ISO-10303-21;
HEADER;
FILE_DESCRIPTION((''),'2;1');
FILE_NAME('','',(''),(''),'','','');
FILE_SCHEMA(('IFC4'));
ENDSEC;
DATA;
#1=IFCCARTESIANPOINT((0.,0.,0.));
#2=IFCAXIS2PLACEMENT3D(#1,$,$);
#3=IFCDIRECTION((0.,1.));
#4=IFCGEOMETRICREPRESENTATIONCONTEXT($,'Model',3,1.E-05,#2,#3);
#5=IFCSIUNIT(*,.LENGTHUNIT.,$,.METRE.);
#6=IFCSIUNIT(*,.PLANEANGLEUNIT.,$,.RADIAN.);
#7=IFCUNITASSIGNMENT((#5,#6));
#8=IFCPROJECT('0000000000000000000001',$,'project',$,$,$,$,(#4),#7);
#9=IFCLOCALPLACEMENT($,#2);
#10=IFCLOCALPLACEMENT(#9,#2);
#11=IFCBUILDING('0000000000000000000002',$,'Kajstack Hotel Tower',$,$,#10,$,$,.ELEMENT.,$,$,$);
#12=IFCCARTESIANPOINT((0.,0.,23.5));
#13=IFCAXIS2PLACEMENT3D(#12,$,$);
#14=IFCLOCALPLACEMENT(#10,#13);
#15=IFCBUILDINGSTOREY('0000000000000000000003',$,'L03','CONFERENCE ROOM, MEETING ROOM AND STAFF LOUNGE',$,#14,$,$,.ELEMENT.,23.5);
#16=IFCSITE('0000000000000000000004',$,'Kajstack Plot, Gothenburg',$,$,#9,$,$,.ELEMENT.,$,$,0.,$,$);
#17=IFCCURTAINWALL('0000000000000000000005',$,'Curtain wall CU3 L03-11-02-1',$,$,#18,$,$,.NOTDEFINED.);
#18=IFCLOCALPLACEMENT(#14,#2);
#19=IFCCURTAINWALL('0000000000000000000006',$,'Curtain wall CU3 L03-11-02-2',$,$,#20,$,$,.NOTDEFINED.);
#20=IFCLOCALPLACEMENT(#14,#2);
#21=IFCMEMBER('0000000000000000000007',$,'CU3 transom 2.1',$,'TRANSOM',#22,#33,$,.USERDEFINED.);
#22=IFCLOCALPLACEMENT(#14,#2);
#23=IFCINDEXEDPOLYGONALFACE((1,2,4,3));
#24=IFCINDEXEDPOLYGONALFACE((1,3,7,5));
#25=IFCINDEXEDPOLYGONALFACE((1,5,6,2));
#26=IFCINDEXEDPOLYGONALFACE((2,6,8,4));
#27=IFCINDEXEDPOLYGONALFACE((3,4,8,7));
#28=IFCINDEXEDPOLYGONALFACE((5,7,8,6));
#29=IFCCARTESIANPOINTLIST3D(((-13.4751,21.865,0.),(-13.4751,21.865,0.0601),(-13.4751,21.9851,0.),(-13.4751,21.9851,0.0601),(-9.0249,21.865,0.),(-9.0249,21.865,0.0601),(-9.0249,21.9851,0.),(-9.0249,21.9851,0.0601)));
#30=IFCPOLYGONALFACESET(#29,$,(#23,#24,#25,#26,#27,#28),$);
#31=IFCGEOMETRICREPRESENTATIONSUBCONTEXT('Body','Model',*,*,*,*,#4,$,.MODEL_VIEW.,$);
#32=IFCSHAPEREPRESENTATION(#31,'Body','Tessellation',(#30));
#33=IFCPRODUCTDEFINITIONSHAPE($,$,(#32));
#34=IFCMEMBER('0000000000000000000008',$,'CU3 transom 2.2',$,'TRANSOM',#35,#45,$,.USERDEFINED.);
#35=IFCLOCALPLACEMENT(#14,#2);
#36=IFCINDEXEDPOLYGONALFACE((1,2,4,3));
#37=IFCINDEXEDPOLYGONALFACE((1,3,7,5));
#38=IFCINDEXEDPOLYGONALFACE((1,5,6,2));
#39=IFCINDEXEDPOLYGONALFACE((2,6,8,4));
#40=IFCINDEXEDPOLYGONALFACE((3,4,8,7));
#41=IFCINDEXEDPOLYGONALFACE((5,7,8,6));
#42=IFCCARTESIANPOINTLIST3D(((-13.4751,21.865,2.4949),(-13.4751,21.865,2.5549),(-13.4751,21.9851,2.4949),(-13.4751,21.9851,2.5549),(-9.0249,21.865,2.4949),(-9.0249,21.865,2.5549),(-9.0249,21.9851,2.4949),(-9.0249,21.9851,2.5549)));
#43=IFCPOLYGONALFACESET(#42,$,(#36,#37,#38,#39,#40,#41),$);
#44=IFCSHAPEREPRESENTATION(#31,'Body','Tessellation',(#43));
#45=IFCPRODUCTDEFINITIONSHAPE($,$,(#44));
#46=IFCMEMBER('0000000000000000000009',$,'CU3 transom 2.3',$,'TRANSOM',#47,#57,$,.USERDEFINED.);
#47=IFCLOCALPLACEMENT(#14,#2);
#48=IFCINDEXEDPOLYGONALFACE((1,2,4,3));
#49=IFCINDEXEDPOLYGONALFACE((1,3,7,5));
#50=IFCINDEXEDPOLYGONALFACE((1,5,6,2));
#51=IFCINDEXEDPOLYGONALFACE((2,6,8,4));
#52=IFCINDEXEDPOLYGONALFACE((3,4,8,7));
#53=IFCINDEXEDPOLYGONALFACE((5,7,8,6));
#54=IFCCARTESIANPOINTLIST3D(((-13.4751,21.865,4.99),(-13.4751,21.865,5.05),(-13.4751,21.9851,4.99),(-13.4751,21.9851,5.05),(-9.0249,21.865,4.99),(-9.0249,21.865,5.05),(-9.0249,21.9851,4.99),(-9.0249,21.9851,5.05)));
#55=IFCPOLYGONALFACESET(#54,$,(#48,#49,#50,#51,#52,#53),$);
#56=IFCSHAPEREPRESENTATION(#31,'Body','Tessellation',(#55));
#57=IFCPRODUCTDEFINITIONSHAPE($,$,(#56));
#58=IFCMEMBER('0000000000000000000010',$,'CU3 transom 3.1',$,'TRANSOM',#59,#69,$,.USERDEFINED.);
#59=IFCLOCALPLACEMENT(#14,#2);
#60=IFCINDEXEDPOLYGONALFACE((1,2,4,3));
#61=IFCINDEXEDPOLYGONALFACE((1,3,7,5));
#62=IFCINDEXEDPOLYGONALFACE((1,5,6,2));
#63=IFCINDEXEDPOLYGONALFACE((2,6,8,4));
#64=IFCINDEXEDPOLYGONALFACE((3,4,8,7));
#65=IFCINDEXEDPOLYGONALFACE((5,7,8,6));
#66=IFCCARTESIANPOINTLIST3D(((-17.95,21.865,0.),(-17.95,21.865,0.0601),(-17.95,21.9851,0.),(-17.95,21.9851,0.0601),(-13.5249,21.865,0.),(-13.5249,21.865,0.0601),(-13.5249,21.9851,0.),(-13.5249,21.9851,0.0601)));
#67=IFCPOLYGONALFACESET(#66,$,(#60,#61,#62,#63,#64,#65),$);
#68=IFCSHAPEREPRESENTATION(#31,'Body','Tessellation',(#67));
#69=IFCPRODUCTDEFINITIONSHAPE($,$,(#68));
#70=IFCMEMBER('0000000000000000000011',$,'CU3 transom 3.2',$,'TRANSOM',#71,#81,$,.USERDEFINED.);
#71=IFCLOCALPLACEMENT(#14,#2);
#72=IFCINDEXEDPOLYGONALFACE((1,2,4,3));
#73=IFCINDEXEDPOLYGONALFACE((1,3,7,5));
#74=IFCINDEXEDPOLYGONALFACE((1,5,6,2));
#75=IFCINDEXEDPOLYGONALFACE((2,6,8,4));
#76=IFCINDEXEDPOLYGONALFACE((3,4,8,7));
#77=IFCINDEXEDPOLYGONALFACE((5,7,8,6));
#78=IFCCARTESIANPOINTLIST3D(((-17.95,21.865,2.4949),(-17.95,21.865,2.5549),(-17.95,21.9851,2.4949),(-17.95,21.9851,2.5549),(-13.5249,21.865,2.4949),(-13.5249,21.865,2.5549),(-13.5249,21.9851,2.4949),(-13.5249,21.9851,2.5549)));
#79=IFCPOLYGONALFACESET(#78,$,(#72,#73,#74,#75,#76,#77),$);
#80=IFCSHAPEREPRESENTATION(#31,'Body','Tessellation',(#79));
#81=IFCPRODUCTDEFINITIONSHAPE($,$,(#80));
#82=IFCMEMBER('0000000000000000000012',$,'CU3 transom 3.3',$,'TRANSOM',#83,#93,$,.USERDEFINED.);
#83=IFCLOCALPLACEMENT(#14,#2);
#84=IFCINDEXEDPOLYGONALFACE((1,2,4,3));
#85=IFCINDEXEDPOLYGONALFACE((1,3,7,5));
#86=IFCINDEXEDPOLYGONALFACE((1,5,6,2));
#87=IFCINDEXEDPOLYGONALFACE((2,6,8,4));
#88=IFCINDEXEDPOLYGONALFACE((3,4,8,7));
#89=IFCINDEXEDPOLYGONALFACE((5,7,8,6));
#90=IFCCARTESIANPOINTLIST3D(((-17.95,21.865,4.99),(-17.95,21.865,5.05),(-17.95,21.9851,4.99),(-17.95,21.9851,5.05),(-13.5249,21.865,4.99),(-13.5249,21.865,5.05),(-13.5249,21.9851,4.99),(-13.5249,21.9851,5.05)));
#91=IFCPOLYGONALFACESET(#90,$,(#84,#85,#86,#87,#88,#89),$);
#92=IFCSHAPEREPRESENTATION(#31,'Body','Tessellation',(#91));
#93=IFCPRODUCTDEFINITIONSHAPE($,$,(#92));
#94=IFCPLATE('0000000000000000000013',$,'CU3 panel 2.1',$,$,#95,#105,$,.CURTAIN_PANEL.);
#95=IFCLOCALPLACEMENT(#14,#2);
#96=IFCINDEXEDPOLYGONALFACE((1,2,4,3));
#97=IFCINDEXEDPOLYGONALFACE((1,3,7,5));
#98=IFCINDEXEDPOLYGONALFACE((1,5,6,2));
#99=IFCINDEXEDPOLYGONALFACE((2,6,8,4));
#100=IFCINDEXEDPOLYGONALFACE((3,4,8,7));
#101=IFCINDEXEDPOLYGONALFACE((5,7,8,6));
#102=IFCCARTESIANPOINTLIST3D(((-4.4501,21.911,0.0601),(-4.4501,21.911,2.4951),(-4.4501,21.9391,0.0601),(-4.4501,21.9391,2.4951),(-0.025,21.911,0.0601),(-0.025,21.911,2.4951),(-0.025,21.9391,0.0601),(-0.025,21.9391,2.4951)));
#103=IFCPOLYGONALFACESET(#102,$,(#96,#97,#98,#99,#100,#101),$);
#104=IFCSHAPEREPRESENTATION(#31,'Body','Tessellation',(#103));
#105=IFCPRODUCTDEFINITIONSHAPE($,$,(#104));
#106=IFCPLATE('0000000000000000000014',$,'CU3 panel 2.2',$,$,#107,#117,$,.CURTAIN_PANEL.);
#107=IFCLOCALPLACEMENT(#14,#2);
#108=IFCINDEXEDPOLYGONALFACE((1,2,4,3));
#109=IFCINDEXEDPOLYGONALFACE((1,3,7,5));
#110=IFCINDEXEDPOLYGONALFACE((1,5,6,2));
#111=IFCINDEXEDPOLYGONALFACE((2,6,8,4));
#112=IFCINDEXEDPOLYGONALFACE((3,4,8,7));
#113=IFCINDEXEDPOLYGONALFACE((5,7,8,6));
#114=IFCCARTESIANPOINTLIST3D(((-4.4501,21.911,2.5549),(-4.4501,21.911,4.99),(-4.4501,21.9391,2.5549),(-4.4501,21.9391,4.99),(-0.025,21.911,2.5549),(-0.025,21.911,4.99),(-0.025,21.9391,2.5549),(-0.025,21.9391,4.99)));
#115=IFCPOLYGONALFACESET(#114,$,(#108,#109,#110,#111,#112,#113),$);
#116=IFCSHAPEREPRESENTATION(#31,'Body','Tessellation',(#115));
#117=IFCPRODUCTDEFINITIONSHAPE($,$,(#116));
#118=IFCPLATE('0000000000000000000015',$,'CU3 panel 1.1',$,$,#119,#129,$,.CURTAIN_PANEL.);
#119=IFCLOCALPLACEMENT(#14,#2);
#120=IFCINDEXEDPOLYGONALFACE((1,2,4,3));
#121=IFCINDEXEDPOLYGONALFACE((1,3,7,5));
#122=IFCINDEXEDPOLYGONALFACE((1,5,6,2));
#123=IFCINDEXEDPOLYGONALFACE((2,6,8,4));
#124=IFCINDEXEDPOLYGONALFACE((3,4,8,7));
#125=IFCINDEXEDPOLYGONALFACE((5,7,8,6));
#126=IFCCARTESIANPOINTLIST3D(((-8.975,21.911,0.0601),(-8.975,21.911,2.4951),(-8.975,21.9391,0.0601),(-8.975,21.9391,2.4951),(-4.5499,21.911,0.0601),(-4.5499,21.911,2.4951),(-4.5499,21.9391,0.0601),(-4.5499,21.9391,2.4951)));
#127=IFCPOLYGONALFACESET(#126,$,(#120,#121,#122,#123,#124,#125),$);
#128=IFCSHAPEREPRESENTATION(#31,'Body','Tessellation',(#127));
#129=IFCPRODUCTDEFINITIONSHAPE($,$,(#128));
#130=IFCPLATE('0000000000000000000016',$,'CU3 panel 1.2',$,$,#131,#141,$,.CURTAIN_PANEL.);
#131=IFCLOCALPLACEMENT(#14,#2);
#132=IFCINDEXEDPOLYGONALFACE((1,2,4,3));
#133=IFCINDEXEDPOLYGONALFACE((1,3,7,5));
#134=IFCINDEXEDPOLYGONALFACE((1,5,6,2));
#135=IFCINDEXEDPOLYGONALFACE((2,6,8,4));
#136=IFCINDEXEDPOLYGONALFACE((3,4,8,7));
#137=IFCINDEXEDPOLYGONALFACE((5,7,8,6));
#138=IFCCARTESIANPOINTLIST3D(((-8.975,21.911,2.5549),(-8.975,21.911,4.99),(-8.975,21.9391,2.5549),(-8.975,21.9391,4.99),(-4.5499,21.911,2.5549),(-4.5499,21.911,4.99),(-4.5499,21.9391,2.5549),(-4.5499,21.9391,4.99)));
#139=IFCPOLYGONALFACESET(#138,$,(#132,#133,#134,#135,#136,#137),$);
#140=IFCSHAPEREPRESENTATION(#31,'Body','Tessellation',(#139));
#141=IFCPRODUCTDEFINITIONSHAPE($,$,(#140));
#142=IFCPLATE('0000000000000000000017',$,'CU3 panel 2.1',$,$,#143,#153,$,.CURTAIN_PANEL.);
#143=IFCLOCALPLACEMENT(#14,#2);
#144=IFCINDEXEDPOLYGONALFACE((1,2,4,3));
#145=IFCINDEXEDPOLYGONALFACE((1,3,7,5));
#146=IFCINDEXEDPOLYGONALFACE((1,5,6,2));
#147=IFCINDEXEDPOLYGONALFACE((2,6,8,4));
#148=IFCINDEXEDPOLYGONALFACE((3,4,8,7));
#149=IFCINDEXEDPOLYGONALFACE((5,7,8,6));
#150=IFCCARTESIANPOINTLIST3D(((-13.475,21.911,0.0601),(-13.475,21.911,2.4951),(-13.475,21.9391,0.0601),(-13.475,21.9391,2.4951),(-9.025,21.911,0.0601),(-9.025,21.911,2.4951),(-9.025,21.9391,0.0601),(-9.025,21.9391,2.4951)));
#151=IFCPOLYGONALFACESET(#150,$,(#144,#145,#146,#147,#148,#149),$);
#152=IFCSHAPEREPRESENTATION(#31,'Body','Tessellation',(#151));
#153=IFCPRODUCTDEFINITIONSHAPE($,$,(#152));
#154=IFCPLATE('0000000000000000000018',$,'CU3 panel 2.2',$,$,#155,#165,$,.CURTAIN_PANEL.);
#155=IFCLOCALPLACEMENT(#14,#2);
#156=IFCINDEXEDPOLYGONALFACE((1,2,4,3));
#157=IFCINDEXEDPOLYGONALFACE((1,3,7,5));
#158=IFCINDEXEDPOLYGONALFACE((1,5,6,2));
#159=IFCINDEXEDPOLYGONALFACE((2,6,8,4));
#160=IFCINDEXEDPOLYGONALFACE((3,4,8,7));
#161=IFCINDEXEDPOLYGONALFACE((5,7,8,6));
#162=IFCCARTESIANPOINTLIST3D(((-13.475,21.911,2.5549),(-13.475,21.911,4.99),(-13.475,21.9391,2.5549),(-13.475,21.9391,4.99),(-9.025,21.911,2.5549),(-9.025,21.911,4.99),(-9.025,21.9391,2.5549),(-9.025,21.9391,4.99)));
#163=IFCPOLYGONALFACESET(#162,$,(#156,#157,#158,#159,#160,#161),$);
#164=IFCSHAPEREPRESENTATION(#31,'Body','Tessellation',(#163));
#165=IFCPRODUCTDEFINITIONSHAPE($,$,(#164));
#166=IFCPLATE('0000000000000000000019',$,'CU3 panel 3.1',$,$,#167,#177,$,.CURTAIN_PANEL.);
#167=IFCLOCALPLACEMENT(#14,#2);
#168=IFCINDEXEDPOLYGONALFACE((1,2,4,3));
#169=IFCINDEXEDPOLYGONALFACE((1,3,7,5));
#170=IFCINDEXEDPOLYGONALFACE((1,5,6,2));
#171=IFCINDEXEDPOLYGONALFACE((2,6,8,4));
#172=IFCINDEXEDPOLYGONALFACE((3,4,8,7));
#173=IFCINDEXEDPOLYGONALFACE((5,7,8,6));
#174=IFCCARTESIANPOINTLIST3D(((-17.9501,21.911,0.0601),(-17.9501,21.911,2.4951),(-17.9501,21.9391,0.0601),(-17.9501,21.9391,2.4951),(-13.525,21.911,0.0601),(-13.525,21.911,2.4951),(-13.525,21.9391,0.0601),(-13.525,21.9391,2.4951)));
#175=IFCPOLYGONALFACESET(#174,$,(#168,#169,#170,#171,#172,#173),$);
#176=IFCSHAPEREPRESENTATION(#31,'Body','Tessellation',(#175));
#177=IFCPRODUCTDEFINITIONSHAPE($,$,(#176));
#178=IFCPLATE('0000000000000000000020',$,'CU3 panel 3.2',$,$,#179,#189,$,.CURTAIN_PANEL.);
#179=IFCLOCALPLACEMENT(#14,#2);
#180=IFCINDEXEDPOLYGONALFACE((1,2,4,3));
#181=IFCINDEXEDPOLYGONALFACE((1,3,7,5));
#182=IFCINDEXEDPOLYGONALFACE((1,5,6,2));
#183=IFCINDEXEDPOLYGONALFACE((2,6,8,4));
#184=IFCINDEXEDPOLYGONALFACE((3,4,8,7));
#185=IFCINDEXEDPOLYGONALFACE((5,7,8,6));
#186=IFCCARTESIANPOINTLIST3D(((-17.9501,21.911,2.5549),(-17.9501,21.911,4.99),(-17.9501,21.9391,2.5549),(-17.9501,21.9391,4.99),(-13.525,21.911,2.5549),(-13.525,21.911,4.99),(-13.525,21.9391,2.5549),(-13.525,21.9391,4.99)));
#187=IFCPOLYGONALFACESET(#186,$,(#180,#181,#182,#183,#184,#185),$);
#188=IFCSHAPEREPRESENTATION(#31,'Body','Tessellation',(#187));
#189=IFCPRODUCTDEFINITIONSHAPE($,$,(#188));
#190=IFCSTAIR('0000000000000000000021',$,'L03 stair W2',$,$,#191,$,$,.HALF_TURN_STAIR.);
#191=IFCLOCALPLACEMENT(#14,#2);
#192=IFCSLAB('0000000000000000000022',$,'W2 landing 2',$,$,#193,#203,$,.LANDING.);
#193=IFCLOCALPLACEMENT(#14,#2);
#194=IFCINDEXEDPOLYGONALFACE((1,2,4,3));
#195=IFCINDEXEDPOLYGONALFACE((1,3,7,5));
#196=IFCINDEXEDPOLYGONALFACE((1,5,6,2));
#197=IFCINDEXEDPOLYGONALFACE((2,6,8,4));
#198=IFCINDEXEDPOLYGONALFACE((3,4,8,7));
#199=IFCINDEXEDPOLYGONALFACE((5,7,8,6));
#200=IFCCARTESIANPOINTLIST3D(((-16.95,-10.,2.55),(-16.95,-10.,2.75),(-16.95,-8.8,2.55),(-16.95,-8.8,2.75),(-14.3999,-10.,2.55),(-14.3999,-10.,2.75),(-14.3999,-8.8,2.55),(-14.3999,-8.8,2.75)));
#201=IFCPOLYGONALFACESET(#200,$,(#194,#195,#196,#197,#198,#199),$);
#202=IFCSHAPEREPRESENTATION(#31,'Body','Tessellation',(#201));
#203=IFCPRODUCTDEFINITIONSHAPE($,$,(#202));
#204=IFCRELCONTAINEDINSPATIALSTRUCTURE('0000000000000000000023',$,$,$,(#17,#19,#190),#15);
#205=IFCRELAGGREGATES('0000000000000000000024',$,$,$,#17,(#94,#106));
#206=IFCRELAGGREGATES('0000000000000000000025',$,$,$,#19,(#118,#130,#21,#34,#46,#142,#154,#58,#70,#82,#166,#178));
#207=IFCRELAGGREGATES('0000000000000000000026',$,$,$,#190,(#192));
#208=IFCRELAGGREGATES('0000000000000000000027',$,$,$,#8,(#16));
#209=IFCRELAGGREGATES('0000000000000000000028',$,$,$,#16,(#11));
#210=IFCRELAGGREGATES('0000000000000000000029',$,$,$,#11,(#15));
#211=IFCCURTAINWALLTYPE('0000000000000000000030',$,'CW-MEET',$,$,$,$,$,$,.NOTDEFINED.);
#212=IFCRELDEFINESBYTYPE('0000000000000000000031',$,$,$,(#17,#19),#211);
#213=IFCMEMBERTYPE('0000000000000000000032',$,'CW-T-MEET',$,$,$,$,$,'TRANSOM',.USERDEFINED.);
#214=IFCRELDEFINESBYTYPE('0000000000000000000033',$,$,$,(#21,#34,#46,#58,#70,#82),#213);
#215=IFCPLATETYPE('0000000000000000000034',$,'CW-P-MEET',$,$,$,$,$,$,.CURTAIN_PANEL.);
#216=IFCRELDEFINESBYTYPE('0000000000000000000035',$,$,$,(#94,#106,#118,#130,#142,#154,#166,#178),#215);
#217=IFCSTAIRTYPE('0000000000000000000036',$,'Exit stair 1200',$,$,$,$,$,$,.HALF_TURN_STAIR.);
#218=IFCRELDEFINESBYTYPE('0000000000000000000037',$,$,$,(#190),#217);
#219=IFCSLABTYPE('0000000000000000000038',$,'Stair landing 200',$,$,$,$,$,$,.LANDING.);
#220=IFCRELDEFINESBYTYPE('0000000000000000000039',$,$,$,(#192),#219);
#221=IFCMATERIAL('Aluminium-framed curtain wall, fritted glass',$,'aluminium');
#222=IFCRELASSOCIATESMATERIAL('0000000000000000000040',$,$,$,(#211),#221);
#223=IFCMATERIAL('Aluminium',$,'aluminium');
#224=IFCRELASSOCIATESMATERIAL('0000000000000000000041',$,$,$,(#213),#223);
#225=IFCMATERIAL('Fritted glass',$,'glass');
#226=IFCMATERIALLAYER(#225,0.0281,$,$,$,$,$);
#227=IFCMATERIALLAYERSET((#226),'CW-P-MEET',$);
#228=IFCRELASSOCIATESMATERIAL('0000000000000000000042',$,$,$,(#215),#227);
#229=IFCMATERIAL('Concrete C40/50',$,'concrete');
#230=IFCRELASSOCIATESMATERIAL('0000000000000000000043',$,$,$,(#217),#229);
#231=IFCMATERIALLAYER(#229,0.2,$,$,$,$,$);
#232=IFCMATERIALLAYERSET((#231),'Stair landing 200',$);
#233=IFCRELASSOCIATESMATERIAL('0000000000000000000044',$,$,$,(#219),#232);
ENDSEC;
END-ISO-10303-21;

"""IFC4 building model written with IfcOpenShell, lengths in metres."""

from ifc_helpers import new_model, si_unit, direction, frame, origin, origin_2d, place, context, subcontext, project, spatial, polyline, rectangle, outline, extrude, material, layer, layer_set, material_profile, profile_set, type_object, element, aggregate, save


model = new_model("IFC4")

# Units and contexts
model_context = context("Model", 3, precision=1e-05, world=origin(), true_north=direction((0.0, 1.0)))
body_context = subcontext(model_context, "Body", "Model", "MODEL_VIEW")
ifc_project = project(units=[si_unit("LENGTHUNIT", "METRE"), si_unit("PLANEANGLEUNIT", "RADIAN")], contexts=[model_context])

# Site, building, storey
site_placement = place(None, origin())
site = spatial("IfcSite", under=ifc_project, at=site_placement, Name="Kajstack Plot, Gothenburg", CompositionType="ELEMENT", RefElevation=0.0)
building_placement = place(site_placement, origin())
building = spatial("IfcBuilding", under=site, at=building_placement, Name="Kajstack Hotel Tower", CompositionType="ELEMENT")
storey_placement = place(building_placement, frame((0.0, 0.0, 23.5)))
storey = spatial("IfcBuildingStorey", under=building, at=storey_placement, Name="L03", Description="CONFERENCE ROOM, MEETING ROOM AND STAFF LOUNGE", CompositionType="ELEMENT", Elevation=23.5)

# Curtain walls
ifc_material_1 = material(Name="Aluminium-framed curtain wall, fritted glass", Category="aluminium")
curtain_wall_type = type_object("IfcCurtainWallType", Name="CW-MEET", PredefinedType="NOTDEFINED", material=ifc_material_1)
curtain_wall_1_placement = place(storey_placement, origin())
curtain_wall_1 = element("IfcCurtainWall", 1, at=curtain_wall_1_placement, inside=storey, type_object=curtain_wall_type, Name="Curtain wall CU3 L03-11-02-1", PredefinedType="NOTDEFINED")
ifc_material_2 = material(Name="Aluminium", Category="aluminium")
curtain_wall_2_placement = place(storey_placement, origin())
curtain_wall_2 = element("IfcCurtainWall", 2, at=curtain_wall_2_placement, inside=storey, type_object=curtain_wall_type, Name="Curtain wall CU3 L03-11-02-2", PredefinedType="NOTDEFINED")

# Members
ifc_material_profile_1 = material_profile(ifc_material_2, rectangle(XDim=0.1201, YDim=0.0601, at=origin_2d()), Name="Aluminium transom 120 x 60")
ifc_profile_set_1 = profile_set([ifc_material_profile_1], Name="Aluminium")
member_type_1 = type_object("IfcMemberType", Name="CW-T-MEET", ElementType="TRANSOM", PredefinedType="USERDEFINED", material=ifc_profile_set_1)
member_1_placement = place(storey_placement, frame((-9.0249, 21.925, 0.03), z_axis=(-1.0, 0.0, 0.0), x_axis=(0.0, -1.0, 0.0)))
member_1 = element("IfcMember", 3, at=member_1_placement, type_object=member_type_1, Name="CU3 transom 2.1", ObjectType="TRANSOM", PredefinedType="USERDEFINED", context=body_context, shape_type="SweptSolid", body=[
    extrude(rectangle(XDim=0.1201, YDim=0.0601, at=origin_2d()), origin(), (0.0, 0.0, 1.0), 4.4502),
])
member_2_placement = place(storey_placement, frame((-9.0249, 21.925, 2.5249), z_axis=(-1.0, 0.0, 0.0), x_axis=(0.0, -1.0, 0.0)))
member_2 = element("IfcMember", 4, at=member_2_placement, type_object=member_type_1, Name="CU3 transom 2.2", ObjectType="TRANSOM", PredefinedType="USERDEFINED", context=body_context, shape_type="SweptSolid", body=[
    extrude(rectangle(XDim=0.1201, YDim=0.0601, at=origin_2d()), origin(), (0.0, 0.0, 1.0), 4.4502),
])
member_3_placement = place(storey_placement, frame((-9.0249, 21.925, 5.02), z_axis=(-1.0, 0.0, 0.0), x_axis=(0.0, -1.0, 0.0)))
member_3 = element("IfcMember", 5, at=member_3_placement, type_object=member_type_1, Name="CU3 transom 2.3", ObjectType="TRANSOM", PredefinedType="USERDEFINED", context=body_context, shape_type="SweptSolid", body=[
    extrude(rectangle(XDim=0.1201, YDim=0.0601, at=origin_2d()), origin(), (0.0, 0.0, 1.0), 4.4502),
])
member_4_placement = place(storey_placement, frame((-13.5249, 21.925, 0.03), z_axis=(-1.0, 0.0, 0.0), x_axis=(0.0, -1.0, 0.0)))
member_4 = element("IfcMember", 6, at=member_4_placement, type_object=member_type_1, Name="CU3 transom 3.1", ObjectType="TRANSOM", PredefinedType="USERDEFINED", context=body_context, shape_type="SweptSolid", body=[
    extrude(rectangle(XDim=0.1201, YDim=0.0601, at=origin_2d()), origin(), (0.0, 0.0, 1.0), 4.425),
])
member_5_placement = place(storey_placement, frame((-13.5249, 21.925, 2.5249), z_axis=(-1.0, 0.0, 0.0), x_axis=(0.0, -1.0, 0.0)))
member_5 = element("IfcMember", 7, at=member_5_placement, type_object=member_type_1, Name="CU3 transom 3.2", ObjectType="TRANSOM", PredefinedType="USERDEFINED", context=body_context, shape_type="SweptSolid", body=[
    extrude(rectangle(XDim=0.1201, YDim=0.0601, at=origin_2d()), origin(), (0.0, 0.0, 1.0), 4.425),
])
member_6_placement = place(storey_placement, frame((-13.5249, 21.925, 5.02), z_axis=(-1.0, 0.0, 0.0), x_axis=(0.0, -1.0, 0.0)))
member_6 = element("IfcMember", 8, at=member_6_placement, type_object=member_type_1, Name="CU3 transom 3.3", ObjectType="TRANSOM", PredefinedType="USERDEFINED", context=body_context, shape_type="SweptSolid", body=[
    extrude(rectangle(XDim=0.1201, YDim=0.0601, at=origin_2d()), origin(), (0.0, 0.0, 1.0), 4.425),
])

# Plates
ifc_material_3 = material(Name="Fritted glass", Category="glass")
ifc_layer_1 = layer(ifc_material_3, 0.0281)
ifc_layer_set_1 = layer_set([ifc_layer_1], Name="CW-P-MEET")
plate_type = type_object("IfcPlateType", Name="CW-P-MEET", PredefinedType="CURTAIN_PANEL", material=ifc_layer_set_1)
plate_1_placement = place(storey_placement, frame((-2.2375, 21.925, 0.0601), z_axis=(0.0, 0.0, 1.0), x_axis=(-1.0, 0.0, 0.0)))
plate_1 = element("IfcPlate", 9, at=plate_1_placement, type_object=plate_type, Name="CU3 panel 2.1", PredefinedType="CURTAIN_PANEL", context=body_context, shape_type="SweptSolid", body=[
    extrude(rectangle(XDim=4.425, YDim=0.0281, at=origin_2d()), origin(), (0.0, 0.0, 1.0), 2.4351),
])
plate_2_placement = place(storey_placement, frame((-2.2375, 21.925, 2.5549), z_axis=(0.0, 0.0, 1.0), x_axis=(-1.0, 0.0, 0.0)))
plate_2 = element("IfcPlate", 10, at=plate_2_placement, type_object=plate_type, Name="CU3 panel 2.2", PredefinedType="CURTAIN_PANEL", context=body_context, shape_type="SweptSolid", body=[
    extrude(rectangle(XDim=4.425, YDim=0.0281, at=origin_2d()), origin(), (0.0, 0.0, 1.0), 2.4351),
])
aggregate(curtain_wall_1, [plate_1, plate_2])
plate_3_placement = place(storey_placement, frame((-6.7625, 21.925, 0.0601), z_axis=(0.0, 0.0, 1.0), x_axis=(-1.0, 0.0, 0.0)))
plate_3 = element("IfcPlate", 11, at=plate_3_placement, type_object=plate_type, Name="CU3 panel 1.1", PredefinedType="CURTAIN_PANEL", context=body_context, shape_type="SweptSolid", body=[
    extrude(rectangle(XDim=4.425, YDim=0.0281, at=origin_2d()), origin(), (0.0, 0.0, 1.0), 2.4351),
])
plate_4_placement = place(storey_placement, frame((-6.7625, 21.925, 2.5549), z_axis=(0.0, 0.0, 1.0), x_axis=(-1.0, 0.0, 0.0)))
plate_4 = element("IfcPlate", 12, at=plate_4_placement, type_object=plate_type, Name="CU3 panel 1.2", PredefinedType="CURTAIN_PANEL", context=body_context, shape_type="SweptSolid", body=[
    extrude(rectangle(XDim=4.425, YDim=0.0281, at=origin_2d()), origin(), (0.0, 0.0, 1.0), 2.4351),
])
plate_5_placement = place(storey_placement, frame((-11.25, 21.925, 0.0601), z_axis=(0.0, 0.0, 1.0), x_axis=(-1.0, 0.0, 0.0)))
plate_5 = element("IfcPlate", 13, at=plate_5_placement, type_object=plate_type, Name="CU3 panel 2.1", PredefinedType="CURTAIN_PANEL", context=body_context, shape_type="SweptSolid", body=[
    extrude(rectangle(XDim=4.45, YDim=0.0281, at=origin_2d()), origin(), (0.0, 0.0, 1.0), 2.4351),
])
plate_6_placement = place(storey_placement, frame((-11.25, 21.925, 2.5549), z_axis=(0.0, 0.0, 1.0), x_axis=(-1.0, 0.0, 0.0)))
plate_6 = element("IfcPlate", 14, at=plate_6_placement, type_object=plate_type, Name="CU3 panel 2.2", PredefinedType="CURTAIN_PANEL", context=body_context, shape_type="SweptSolid", body=[
    extrude(rectangle(XDim=4.45, YDim=0.0281, at=origin_2d()), origin(), (0.0, 0.0, 1.0), 2.4351),
])
plate_7_placement = place(storey_placement, frame((-15.7375, 21.925, 0.0601), z_axis=(0.0, 0.0, 1.0), x_axis=(-1.0, 0.0, 0.0)))
plate_7 = element("IfcPlate", 15, at=plate_7_placement, type_object=plate_type, Name="CU3 panel 3.1", PredefinedType="CURTAIN_PANEL", context=body_context, shape_type="SweptSolid", body=[
    extrude(rectangle(XDim=4.425, YDim=0.0281, at=origin_2d()), origin(), (0.0, 0.0, 1.0), 2.4351),
])
plate_8_placement = place(storey_placement, frame((-15.7375, 21.925, 2.5549), z_axis=(0.0, 0.0, 1.0), x_axis=(-1.0, 0.0, 0.0)))
plate_8 = element("IfcPlate", 16, at=plate_8_placement, type_object=plate_type, Name="CU3 panel 3.2", PredefinedType="CURTAIN_PANEL", context=body_context, shape_type="SweptSolid", body=[
    extrude(rectangle(XDim=4.425, YDim=0.0281, at=origin_2d()), origin(), (0.0, 0.0, 1.0), 2.4351),
])
aggregate(curtain_wall_2, [plate_3, plate_4, member_1, member_2, member_3, plate_5, plate_6, member_4, member_5, member_6, plate_7, plate_8])

# Stair, slab
ifc_material_4 = material(Name="Concrete C40/50", Category="concrete")
stair_type_1 = type_object("IfcStairType", Name="Exit stair 1200", PredefinedType="HALF_TURN_STAIR", material=ifc_material_4)
stair_1_placement = place(storey_placement, origin())
stair_1 = element("IfcStair", 17, at=stair_1_placement, inside=storey, type_object=stair_type_1, Name="L03 stair W2", PredefinedType="HALF_TURN_STAIR")
ifc_layer_2 = layer(ifc_material_4, 0.2)
ifc_layer_set_2 = layer_set([ifc_layer_2], Name="Stair landing 200")
slab_type = type_object("IfcSlabType", Name="Stair landing 200", PredefinedType="LANDING", material=ifc_layer_set_2)
slab_1_placement = place(storey_placement, frame((0.0, 0.0, 2.55)))
slab_1 = element("IfcSlab", 18, at=slab_1_placement, type_object=slab_type, Name="W2 landing 2", PredefinedType="LANDING", context=body_context, shape_type="SweptSolid", body=[
    extrude(outline(polyline([(-16.95, -8.8), (-16.95, -10.0), (-14.3999, -10.0), (-14.3999, -8.8), (-16.95, -8.8)])), origin(), (0.0, 0.0, 1.0), 0.2),
])
aggregate(stair_1, [slab_1])

save(model, "model.ifc")
